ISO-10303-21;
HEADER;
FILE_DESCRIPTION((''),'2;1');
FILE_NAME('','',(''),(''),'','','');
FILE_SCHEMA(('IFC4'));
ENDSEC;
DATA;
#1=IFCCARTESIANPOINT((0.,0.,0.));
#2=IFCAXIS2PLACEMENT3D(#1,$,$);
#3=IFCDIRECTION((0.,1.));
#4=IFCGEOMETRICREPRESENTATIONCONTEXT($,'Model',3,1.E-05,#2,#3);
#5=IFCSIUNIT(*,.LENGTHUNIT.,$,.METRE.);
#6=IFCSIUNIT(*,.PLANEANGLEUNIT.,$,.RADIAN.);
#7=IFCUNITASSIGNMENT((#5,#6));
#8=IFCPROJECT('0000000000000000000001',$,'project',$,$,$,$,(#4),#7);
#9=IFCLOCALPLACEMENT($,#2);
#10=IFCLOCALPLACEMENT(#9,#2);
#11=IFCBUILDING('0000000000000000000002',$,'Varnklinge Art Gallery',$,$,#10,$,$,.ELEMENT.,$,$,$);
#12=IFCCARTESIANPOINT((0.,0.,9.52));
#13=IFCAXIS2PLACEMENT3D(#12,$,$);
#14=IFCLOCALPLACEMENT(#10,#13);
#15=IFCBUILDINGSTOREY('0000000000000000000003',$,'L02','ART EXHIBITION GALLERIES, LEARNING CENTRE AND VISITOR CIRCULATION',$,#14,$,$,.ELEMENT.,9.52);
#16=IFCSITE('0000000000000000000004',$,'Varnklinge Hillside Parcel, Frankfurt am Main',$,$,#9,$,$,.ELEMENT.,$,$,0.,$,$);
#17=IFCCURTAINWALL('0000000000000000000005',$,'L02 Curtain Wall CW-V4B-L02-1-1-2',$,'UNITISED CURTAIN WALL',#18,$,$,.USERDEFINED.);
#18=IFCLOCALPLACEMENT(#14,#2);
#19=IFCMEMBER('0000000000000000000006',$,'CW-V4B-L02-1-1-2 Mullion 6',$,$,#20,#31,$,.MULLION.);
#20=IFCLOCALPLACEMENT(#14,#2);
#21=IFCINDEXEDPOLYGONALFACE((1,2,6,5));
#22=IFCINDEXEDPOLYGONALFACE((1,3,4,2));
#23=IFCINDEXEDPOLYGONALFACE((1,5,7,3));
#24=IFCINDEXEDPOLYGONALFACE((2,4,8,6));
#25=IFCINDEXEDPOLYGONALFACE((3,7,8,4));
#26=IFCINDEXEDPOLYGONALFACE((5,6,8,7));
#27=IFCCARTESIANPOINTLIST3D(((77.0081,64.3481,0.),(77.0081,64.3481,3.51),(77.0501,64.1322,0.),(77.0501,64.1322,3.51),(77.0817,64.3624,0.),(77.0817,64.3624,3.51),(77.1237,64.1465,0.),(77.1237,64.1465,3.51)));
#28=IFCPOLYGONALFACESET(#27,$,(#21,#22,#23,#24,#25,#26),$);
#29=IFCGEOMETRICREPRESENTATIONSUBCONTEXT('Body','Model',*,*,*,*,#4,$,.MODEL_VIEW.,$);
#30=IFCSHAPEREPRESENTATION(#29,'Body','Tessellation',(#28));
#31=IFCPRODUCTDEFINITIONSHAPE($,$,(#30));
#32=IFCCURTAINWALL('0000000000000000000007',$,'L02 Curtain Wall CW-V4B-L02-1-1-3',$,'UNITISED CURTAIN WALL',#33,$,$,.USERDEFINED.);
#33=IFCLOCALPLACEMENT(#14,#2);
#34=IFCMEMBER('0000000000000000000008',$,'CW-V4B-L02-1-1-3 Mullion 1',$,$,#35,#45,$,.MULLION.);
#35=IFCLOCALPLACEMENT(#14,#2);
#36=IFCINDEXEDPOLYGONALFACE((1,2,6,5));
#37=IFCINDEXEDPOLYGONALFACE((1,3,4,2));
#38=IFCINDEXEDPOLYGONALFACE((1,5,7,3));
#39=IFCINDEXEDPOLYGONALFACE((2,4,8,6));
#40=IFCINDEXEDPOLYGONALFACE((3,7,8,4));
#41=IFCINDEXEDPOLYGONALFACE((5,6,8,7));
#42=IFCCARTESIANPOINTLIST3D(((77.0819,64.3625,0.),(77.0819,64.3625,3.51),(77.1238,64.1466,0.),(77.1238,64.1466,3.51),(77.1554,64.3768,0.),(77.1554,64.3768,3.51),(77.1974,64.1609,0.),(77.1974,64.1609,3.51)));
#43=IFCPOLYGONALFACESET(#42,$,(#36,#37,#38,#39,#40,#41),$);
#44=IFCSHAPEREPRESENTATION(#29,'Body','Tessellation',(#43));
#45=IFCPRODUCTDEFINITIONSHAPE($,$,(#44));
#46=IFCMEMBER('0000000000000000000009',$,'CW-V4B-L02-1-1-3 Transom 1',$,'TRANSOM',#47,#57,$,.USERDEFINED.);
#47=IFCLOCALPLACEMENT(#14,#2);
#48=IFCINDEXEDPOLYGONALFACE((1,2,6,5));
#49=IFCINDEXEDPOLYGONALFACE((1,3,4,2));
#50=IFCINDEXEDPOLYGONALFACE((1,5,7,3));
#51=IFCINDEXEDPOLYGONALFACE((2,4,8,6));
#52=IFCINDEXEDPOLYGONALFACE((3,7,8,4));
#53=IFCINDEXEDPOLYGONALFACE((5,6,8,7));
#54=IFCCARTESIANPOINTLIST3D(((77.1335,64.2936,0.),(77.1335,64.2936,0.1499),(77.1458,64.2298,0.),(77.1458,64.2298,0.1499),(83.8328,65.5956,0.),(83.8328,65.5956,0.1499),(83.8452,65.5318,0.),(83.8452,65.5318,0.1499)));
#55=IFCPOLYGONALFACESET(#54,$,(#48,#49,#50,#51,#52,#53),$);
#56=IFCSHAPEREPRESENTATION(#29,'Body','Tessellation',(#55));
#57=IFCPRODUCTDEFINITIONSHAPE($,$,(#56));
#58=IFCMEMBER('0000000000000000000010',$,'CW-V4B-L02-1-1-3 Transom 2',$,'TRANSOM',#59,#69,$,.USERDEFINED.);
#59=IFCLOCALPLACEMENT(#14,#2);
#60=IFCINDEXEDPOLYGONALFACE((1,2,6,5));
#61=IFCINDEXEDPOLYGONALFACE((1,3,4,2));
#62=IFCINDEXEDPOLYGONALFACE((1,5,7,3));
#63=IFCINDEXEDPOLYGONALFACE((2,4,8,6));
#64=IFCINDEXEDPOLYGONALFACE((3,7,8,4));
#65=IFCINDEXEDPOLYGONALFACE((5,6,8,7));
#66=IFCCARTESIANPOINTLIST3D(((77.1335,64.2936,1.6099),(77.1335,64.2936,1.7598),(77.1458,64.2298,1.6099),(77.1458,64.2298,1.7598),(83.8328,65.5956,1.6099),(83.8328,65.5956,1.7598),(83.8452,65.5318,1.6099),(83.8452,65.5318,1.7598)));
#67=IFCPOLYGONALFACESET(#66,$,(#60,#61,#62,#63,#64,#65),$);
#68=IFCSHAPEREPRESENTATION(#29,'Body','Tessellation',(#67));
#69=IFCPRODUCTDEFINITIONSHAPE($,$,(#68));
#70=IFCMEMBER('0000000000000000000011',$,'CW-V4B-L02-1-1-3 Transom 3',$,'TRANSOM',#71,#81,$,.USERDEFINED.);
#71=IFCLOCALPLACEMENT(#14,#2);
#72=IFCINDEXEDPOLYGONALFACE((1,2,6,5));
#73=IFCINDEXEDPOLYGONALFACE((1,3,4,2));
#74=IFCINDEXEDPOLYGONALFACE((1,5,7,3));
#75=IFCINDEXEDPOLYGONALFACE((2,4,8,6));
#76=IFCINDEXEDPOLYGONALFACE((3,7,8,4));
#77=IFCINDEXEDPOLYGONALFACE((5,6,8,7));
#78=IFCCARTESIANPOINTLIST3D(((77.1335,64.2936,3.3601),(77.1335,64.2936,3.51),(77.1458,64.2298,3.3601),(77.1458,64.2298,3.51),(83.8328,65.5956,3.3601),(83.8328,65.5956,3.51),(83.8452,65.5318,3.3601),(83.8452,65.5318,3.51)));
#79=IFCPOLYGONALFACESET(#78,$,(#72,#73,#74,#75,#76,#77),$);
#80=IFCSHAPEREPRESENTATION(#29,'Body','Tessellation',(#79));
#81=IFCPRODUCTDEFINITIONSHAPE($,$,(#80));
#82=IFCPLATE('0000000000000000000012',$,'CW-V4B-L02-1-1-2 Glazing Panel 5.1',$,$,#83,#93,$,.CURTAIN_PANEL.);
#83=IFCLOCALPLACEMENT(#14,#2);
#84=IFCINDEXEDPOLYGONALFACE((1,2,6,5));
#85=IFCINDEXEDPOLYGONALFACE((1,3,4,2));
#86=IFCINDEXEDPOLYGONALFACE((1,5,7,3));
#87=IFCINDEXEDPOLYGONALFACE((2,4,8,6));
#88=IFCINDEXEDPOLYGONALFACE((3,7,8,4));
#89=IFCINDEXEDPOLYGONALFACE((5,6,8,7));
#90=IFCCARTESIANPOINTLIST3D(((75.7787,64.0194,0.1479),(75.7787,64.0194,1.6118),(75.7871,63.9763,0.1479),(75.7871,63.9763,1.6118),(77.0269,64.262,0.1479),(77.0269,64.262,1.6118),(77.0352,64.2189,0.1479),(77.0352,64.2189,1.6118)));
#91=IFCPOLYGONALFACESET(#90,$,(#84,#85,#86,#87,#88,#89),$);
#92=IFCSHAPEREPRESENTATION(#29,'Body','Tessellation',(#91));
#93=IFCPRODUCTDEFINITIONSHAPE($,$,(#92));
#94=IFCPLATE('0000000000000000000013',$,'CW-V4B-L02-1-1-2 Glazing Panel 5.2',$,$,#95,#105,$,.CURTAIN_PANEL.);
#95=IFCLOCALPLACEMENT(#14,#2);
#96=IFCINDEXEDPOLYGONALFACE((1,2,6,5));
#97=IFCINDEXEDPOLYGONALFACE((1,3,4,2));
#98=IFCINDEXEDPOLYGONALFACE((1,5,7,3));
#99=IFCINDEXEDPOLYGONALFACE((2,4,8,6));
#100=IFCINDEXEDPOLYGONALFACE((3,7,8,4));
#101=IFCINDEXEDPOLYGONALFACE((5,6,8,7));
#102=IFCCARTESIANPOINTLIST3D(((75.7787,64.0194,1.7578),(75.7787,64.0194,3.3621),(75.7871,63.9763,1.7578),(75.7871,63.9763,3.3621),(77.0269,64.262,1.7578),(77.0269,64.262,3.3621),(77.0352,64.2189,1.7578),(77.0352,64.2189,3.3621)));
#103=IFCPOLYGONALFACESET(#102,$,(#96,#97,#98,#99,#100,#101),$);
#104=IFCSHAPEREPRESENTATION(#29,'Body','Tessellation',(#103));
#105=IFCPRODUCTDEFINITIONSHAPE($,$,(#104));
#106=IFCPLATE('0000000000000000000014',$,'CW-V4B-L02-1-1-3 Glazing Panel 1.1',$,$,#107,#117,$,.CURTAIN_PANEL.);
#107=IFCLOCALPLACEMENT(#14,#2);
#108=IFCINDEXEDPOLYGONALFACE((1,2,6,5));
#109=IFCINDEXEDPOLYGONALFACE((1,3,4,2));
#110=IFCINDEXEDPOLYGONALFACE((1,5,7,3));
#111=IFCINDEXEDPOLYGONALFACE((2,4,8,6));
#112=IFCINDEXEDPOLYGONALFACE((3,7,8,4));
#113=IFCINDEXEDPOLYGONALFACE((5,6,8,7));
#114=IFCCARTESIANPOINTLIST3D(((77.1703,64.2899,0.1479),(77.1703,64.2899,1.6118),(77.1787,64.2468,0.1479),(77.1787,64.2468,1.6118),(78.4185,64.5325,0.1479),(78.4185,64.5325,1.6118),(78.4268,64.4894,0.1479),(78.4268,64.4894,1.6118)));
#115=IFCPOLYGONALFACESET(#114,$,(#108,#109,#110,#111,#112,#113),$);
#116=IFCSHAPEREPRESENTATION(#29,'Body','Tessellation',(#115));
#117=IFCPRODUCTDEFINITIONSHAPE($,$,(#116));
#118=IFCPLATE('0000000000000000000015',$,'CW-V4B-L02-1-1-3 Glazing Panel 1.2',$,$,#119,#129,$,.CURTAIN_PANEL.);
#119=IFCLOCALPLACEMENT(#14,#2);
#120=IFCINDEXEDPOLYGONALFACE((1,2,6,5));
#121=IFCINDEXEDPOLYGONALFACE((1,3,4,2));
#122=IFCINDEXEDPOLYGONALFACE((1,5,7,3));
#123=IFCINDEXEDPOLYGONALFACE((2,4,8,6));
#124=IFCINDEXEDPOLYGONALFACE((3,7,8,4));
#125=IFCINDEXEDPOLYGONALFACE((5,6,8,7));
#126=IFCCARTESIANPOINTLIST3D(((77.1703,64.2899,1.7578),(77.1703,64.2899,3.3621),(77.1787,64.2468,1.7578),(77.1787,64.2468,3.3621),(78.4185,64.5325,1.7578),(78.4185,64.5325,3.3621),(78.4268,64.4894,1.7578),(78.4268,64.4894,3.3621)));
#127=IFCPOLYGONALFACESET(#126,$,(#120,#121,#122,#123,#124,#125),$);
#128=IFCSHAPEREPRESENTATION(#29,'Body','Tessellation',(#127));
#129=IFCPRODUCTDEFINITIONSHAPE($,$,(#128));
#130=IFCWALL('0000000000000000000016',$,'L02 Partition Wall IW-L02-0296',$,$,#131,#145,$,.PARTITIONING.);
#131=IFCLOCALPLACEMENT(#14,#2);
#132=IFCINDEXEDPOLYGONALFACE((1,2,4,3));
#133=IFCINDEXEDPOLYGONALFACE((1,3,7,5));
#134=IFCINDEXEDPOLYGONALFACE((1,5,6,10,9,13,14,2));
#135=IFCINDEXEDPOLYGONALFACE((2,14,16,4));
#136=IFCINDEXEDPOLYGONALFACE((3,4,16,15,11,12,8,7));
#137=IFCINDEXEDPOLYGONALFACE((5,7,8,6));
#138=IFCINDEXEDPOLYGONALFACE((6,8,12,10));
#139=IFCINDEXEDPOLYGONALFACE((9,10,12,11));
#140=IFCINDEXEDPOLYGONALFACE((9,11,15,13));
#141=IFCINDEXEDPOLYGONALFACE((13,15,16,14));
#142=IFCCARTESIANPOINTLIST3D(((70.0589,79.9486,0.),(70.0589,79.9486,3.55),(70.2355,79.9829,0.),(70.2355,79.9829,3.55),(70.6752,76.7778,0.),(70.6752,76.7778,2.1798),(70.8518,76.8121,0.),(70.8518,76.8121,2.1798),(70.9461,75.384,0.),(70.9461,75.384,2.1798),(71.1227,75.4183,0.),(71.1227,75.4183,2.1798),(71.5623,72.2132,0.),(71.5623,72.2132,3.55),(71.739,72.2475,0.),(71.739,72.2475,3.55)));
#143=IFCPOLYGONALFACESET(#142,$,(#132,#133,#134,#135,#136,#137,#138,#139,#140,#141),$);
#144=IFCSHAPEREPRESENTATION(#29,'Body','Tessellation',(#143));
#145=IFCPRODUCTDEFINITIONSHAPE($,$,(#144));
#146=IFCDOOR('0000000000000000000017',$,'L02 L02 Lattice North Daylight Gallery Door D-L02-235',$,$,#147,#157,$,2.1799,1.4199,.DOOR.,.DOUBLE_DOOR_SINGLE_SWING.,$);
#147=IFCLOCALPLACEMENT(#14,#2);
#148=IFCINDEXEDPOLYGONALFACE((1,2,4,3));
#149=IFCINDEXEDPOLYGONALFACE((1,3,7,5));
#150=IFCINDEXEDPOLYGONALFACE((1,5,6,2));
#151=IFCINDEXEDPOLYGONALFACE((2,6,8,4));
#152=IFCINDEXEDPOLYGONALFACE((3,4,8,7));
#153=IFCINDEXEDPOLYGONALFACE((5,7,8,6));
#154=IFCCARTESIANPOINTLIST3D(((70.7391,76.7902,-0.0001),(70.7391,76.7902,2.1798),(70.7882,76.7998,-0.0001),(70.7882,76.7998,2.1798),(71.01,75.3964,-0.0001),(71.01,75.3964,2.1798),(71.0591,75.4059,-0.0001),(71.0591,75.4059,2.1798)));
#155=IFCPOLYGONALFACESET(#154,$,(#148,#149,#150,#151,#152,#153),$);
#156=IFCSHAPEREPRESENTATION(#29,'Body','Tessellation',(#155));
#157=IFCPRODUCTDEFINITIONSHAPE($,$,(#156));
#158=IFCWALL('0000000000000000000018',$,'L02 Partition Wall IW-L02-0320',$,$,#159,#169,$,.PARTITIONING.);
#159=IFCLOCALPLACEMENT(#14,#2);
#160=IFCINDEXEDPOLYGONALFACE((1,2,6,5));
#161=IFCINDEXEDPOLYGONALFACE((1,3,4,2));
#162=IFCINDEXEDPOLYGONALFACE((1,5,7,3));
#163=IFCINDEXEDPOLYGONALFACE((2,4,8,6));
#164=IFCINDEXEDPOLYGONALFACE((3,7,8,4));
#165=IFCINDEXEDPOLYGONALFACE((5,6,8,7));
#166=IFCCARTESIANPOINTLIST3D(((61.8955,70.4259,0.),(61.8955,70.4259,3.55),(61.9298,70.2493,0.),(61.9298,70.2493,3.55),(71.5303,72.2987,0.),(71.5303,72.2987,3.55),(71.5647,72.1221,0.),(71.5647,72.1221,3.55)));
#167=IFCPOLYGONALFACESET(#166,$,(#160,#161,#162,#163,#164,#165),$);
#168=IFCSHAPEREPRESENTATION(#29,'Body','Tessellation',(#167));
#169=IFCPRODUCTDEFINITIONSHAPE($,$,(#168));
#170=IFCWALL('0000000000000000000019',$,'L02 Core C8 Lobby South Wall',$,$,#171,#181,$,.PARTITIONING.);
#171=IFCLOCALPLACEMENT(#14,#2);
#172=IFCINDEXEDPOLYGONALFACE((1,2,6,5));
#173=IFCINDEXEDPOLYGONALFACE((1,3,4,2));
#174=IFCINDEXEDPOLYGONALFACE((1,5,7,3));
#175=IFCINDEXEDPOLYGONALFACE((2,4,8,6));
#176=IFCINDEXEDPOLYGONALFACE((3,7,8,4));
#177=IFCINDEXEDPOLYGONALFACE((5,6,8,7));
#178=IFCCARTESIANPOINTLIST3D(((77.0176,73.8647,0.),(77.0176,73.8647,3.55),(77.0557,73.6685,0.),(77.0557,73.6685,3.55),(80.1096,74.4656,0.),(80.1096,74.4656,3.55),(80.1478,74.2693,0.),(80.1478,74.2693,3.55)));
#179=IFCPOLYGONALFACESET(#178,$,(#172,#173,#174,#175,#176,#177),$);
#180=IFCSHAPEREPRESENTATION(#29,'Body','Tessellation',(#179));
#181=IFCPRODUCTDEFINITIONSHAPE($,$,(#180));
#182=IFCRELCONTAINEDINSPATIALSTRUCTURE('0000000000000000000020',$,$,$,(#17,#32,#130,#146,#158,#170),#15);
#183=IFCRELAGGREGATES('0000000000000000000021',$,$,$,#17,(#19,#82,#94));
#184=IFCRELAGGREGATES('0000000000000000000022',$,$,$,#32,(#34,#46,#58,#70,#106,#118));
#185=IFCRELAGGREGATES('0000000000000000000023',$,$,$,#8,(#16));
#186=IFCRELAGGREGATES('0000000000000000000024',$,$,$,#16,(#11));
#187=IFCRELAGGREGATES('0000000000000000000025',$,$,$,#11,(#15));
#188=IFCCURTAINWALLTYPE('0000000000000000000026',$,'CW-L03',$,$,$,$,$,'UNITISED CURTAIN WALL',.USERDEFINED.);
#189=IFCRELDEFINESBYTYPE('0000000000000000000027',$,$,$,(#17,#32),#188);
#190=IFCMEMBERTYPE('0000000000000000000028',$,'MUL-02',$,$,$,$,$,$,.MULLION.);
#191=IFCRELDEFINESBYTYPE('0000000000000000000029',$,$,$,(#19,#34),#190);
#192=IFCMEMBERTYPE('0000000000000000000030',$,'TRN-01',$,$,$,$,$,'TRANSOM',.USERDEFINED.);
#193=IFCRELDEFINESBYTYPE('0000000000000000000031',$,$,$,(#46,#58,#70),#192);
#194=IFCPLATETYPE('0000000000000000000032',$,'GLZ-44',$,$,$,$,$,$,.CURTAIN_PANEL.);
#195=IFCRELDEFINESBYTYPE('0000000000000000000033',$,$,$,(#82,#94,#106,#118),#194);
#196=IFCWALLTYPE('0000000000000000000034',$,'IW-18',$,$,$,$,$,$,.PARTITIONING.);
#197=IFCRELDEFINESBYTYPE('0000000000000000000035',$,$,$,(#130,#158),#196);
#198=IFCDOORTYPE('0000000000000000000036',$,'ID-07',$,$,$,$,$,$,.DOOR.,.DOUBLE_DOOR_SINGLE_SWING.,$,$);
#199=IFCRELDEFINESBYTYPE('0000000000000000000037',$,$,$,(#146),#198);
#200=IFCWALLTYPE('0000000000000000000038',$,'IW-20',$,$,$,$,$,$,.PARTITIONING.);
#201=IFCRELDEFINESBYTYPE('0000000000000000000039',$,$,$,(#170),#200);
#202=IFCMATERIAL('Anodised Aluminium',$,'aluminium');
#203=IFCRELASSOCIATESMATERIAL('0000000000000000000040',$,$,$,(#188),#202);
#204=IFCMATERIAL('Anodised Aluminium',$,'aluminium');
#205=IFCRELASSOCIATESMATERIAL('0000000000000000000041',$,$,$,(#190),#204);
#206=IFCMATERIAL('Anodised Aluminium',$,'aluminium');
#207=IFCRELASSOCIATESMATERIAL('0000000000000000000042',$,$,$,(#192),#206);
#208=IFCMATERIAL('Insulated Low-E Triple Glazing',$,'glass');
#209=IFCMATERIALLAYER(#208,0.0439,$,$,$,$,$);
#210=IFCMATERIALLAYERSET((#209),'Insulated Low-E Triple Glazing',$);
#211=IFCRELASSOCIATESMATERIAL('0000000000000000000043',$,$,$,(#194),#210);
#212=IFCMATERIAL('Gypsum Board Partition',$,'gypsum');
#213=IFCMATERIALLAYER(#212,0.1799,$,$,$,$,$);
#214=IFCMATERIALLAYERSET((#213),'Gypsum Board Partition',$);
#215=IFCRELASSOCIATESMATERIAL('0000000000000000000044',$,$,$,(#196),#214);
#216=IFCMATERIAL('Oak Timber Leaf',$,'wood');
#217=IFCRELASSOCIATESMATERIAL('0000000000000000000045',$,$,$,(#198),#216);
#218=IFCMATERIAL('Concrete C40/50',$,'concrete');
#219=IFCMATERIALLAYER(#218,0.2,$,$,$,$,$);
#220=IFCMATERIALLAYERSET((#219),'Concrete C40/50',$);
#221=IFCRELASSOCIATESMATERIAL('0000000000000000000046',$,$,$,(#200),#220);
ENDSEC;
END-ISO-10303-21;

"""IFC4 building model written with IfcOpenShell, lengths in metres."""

from ifc_helpers import new_model, si_unit, direction, frame, frame_2d, origin, origin_2d, place, context, subcontext, project, spatial, rectangle, extrude, material, layer, layer_set, material_profile, profile_set, type_object, element, fill, aggregate, save


model = new_model("IFC4")

# Units and contexts
model_context = context("Model", 3, precision=1e-05, world=origin(), true_north=direction((0.0, 1.0)))
body_context = subcontext(model_context, "Body", "Model", "MODEL_VIEW")
ifc_project = project(units=[si_unit("LENGTHUNIT", "METRE"), si_unit("PLANEANGLEUNIT", "RADIAN")], contexts=[model_context])

# Site, building, storey
site_placement = place(None, origin())
site = spatial("IfcSite", under=ifc_project, at=site_placement, Name="Varnklinge Hillside Parcel, Frankfurt am Main", CompositionType="ELEMENT", RefElevation=0.0)
building_placement = place(site_placement, origin())
building = spatial("IfcBuilding", under=site, at=building_placement, Name="Varnklinge Art Gallery", CompositionType="ELEMENT")
storey_placement = place(building_placement, frame((0.0, 0.0, 9.52)))
storey = spatial("IfcBuildingStorey", under=building, at=storey_placement, Name="L02", Description="ART EXHIBITION GALLERIES, LEARNING CENTRE AND VISITOR CIRCULATION", CompositionType="ELEMENT", Elevation=9.52)

# Curtain wall, member
ifc_material_1 = material(Name="Anodised Aluminium", Category="aluminium")
curtain_wall_type = type_object("IfcCurtainWallType", Name="CW-L03", ElementType="UNITISED CURTAIN WALL", PredefinedType="USERDEFINED", material=ifc_material_1)
curtain_wall_1_placement = place(storey_placement, origin())
curtain_wall_1 = element("IfcCurtainWall", 1, at=curtain_wall_1_placement, inside=storey, type_object=curtain_wall_type, Name="L02 Curtain Wall CW-V4B-L02-1-1-2", ObjectType="UNITISED CURTAIN WALL", PredefinedType="USERDEFINED")
ifc_material_2 = material(Name="Anodised Aluminium", Category="aluminium")
ifc_material_profile_1 = material_profile(ifc_material_2, rectangle(XDim=0.075, YDim=0.22, at=origin_2d()), Name="ALU 75x220")
ifc_profile_set_1 = profile_set([ifc_material_profile_1], Name="Anodised Aluminium")
member_type_1 = type_object("IfcMemberType", Name="MUL-02", PredefinedType="MULLION", material=ifc_profile_set_1)
member_1_placement = place(storey_placement, frame((77.0659, 64.2473, 0.0), z_axis=(0.0, 0.0, 1.0), x_axis=(0.981627, 0.190809, 0.0)))
member_1 = element("IfcMember", 2, at=member_1_placement, type_object=member_type_1, Name="CW-V4B-L02-1-1-2 Mullion 6", PredefinedType="MULLION", context=body_context, shape_type="SweptSolid", body=[
    extrude(rectangle(XDim=0.075, YDim=0.22, at=origin_2d()), origin(), (0.0, 0.0, 1.0), 3.51),
])

# Curtain wall, members
curtain_wall_2_placement = place(storey_placement, origin())
curtain_wall_2 = element("IfcCurtainWall", 3, at=curtain_wall_2_placement, inside=storey, type_object=curtain_wall_type, Name="L02 Curtain Wall CW-V4B-L02-1-1-3", ObjectType="UNITISED CURTAIN WALL", PredefinedType="USERDEFINED")
member_2_placement = place(storey_placement, frame((77.1396, 64.2617, 0.0), z_axis=(0.0, 0.0, 1.0), x_axis=(0.981627, 0.190809, 0.0)))
member_2 = element("IfcMember", 4, at=member_2_placement, type_object=member_type_1, Name="CW-V4B-L02-1-1-3 Mullion 1", PredefinedType="MULLION", context=body_context, shape_type="SweptSolid", body=[
    extrude(rectangle(XDim=0.075, YDim=0.22, at=origin_2d()), origin(), (0.0, 0.0, 1.0), 3.51),
])
ifc_material_3 = material(Name="Anodised Aluminium", Category="aluminium")
ifc_material_profile_2 = material_profile(ifc_material_3, rectangle(XDim=0.0649, YDim=0.1499, at=origin_2d()), Name="ALU 65x150")
ifc_profile_set_2 = profile_set([ifc_material_profile_2], Name="Anodised Aluminium")
member_type_2 = type_object("IfcMemberType", Name="TRN-01", ElementType="TRANSOM", PredefinedType="USERDEFINED", material=ifc_profile_set_2)
member_3_placement = place(storey_placement, frame((77.1396, 64.2617, 0.075), z_axis=(0.981634, 0.190775, 0.0), x_axis=(-0.190775, 0.981634, 0.0)))
member_3 = element("IfcMember", 5, at=member_3_placement, type_object=member_type_2, Name="CW-V4B-L02-1-1-3 Transom 1", ObjectType="TRANSOM", PredefinedType="USERDEFINED", context=body_context, shape_type="SweptSolid", body=[
    extrude(rectangle(XDim=0.0649, YDim=0.1499, at=origin_2d()), origin(), (0.0, 0.0, 1.0), 6.8247),
])
member_4_placement = place(storey_placement, frame((77.1396, 64.2617, 1.6848), z_axis=(0.981634, 0.190775, 0.0), x_axis=(-0.190775, 0.981634, 0.0)))
member_4 = element("IfcMember", 6, at=member_4_placement, type_object=member_type_2, Name="CW-V4B-L02-1-1-3 Transom 2", ObjectType="TRANSOM", PredefinedType="USERDEFINED", context=body_context, shape_type="SweptSolid", body=[
    extrude(rectangle(XDim=0.0649, YDim=0.1499, at=origin_2d()), origin(), (0.0, 0.0, 1.0), 6.8247),
])
member_5_placement = place(storey_placement, frame((77.1396, 64.2617, 3.4351), z_axis=(0.981634, 0.190775, 0.0), x_axis=(-0.190775, 0.981634, 0.0)))
member_5 = element("IfcMember", 7, at=member_5_placement, type_object=member_type_2, Name="CW-V4B-L02-1-1-3 Transom 3", ObjectType="TRANSOM", PredefinedType="USERDEFINED", context=body_context, shape_type="SweptSolid", body=[
    extrude(rectangle(XDim=0.0649, YDim=0.1499, at=origin_2d()), origin(), (0.0, 0.0, 1.0), 6.8247),
])

# Plates
ifc_material_4 = material(Name="Insulated Low-E Triple Glazing", Category="glass")
ifc_layer_1 = layer(ifc_material_4, 0.0439)
ifc_layer_set_1 = layer_set([ifc_layer_1], Name="Insulated Low-E Triple Glazing")
plate_type = type_object("IfcPlateType", Name="GLZ-44", PredefinedType="CURTAIN_PANEL", material=ifc_layer_set_1)
plate_1_placement = place(storey_placement, frame((76.407, 64.1191, 0.1479), z_axis=(0.0, 0.0, 1.0), x_axis=(0.981627, 0.190809, 0.0)))
plate_1 = element("IfcPlate", 8, at=plate_1_placement, type_object=plate_type, Name="CW-V4B-L02-1-1-2 Glazing Panel 5.1", PredefinedType="CURTAIN_PANEL", context=body_context, shape_type="SweptSolid", body=[
    extrude(rectangle(XDim=1.2715, YDim=0.0439, at=origin_2d()), origin(), (0.0, 0.0, 1.0), 1.4639),
])
plate_2_placement = place(storey_placement, frame((76.407, 64.1191, 1.7578), z_axis=(0.0, 0.0, 1.0), x_axis=(0.981627, 0.190809, 0.0)))
plate_2 = element("IfcPlate", 9, at=plate_2_placement, type_object=plate_type, Name="CW-V4B-L02-1-1-2 Glazing Panel 5.2", PredefinedType="CURTAIN_PANEL", context=body_context, shape_type="SweptSolid", body=[
    extrude(rectangle(XDim=1.2715, YDim=0.0439, at=origin_2d()), origin(), (0.0, 0.0, 1.0), 1.6042),
])
aggregate(curtain_wall_1, [member_1, plate_1, plate_2])
plate_3_placement = place(storey_placement, frame((77.7986, 64.3896, 0.1479), z_axis=(0.0, 0.0, 1.0), x_axis=(0.981627, 0.190809, 0.0)))
plate_3 = element("IfcPlate", 10, at=plate_3_placement, type_object=plate_type, Name="CW-V4B-L02-1-1-3 Glazing Panel 1.1", PredefinedType="CURTAIN_PANEL", context=body_context, shape_type="SweptSolid", body=[
    extrude(rectangle(XDim=1.2715, YDim=0.0439, at=origin_2d()), origin(), (0.0, 0.0, 1.0), 1.4639),
])
plate_4_placement = place(storey_placement, frame((77.7986, 64.3896, 1.7578), z_axis=(0.0, 0.0, 1.0), x_axis=(0.981627, 0.190809, 0.0)))
plate_4 = element("IfcPlate", 11, at=plate_4_placement, type_object=plate_type, Name="CW-V4B-L02-1-1-3 Glazing Panel 1.2", PredefinedType="CURTAIN_PANEL", context=body_context, shape_type="SweptSolid", body=[
    extrude(rectangle(XDim=1.2715, YDim=0.0439, at=origin_2d()), origin(), (0.0, 0.0, 1.0), 1.6042),
])
aggregate(curtain_wall_2, [member_2, member_3, member_4, member_5, plate_3, plate_4])

# Wall, opening, door
ifc_material_5 = material(Name="Gypsum Board Partition", Category="gypsum")
ifc_layer_2 = layer(ifc_material_5, 0.1799)
ifc_layer_set_2 = layer_set([ifc_layer_2], Name="Gypsum Board Partition")
wall_type_1 = type_object("IfcWallType", Name="IW-18", PredefinedType="PARTITIONING", material=ifc_layer_set_2)
wall_1_placement = place(storey_placement, frame((71.6506, 72.2305, 0.0), z_axis=(0.0, 0.0, 1.0), x_axis=(-0.190787, 0.981632, 0.0)))
wall_1 = element("IfcWall", 12, at=wall_1_placement, inside=storey, type_object=wall_type_1, Name="L02 Partition Wall IW-L02-0296", PredefinedType="PARTITIONING", context=body_context, shape_type="SweptSolid", body=[
    extrude(rectangle(XDim=7.8801, YDim=0.1799, at=frame_2d((3.9399, 0.0))), origin(), (0.0, 0.0, 1.0), 3.55),
])
opening_1_placement = place(wall_1_placement, frame((3.23, 0.0, 0.0)))
opening_1 = element("IfcOpeningElement", 13, at=opening_1_placement, cuts=wall_1, PredefinedType="OPENING", context=body_context, shape_type="SweptSolid", body=[
    extrude(rectangle(XDim=1.4199, YDim=2.1799, at=frame_2d((0.71, 1.0898))), frame((0.0, 0.0999, 0.0), z_axis=(0.0, -1.0, 0.0), x_axis=(1.0, 0.0, 0.0)), (0.0, 0.0, 1.0), 0.2),
])
ifc_material_6 = material(Name="Oak Timber Leaf", Category="wood")
door_type_1 = type_object("IfcDoorType", Name="ID-07", OperationType="DOUBLE_DOOR_SINGLE_SWING", PredefinedType="DOOR", material=ifc_material_6)
door_1_placement = place(opening_1_placement, origin())
door_1 = element("IfcDoor", 14, at=door_1_placement, inside=storey, type_object=door_type_1, Name="L02 L02 Lattice North Daylight Gallery Door D-L02-235", OperationType="DOUBLE_DOOR_SINGLE_SWING", OverallHeight=2.1799, OverallWidth=1.4199, PredefinedType="DOOR", context=body_context, shape_type="SweptSolid", body=[
    extrude(rectangle(XDim=1.4199, YDim=2.1799, at=frame_2d((0.71, 1.0898))), frame((0.0, 0.0249, 0.0), z_axis=(0.0, -1.0, 0.0), x_axis=(1.0, 0.0, 0.0)), (0.0, 0.0, 1.0), 0.05),
])
fill(opening_1, door_1)

# Walls
wall_2_placement = place(storey_placement, frame((71.5476, 72.2104, 0.0), z_axis=(0.0, 0.0, 1.0), x_axis=(-0.981627, -0.190808, 0.0)))
element("IfcWall", 15, at=wall_2_placement, inside=storey, type_object=wall_type_1, Name="L02 Partition Wall IW-L02-0320", PredefinedType="PARTITIONING", context=body_context, shape_type="SweptSolid", body=[
    extrude(rectangle(XDim=9.8152, YDim=0.1799, at=frame_2d((4.9077, 0.0))), origin(), (0.0, 0.0, 1.0), 3.55),
])
ifc_material_7 = material(Name="Concrete C40/50", Category="concrete")
ifc_layer_3 = layer(ifc_material_7, 0.2)
ifc_layer_set_3 = layer_set([ifc_layer_3], Name="Concrete C40/50")
wall_type_2 = type_object("IfcWallType", Name="IW-20", PredefinedType="PARTITIONING", material=ifc_layer_set_3)
wall_3_placement = place(storey_placement, frame((77.0366, 73.7666, 0.0), z_axis=(0.0, 0.0, 1.0), x_axis=(0.981639, 0.190747, 0.0)))
element("IfcWall", 16, at=wall_3_placement, inside=storey, type_object=wall_type_2, Name="L02 Core C8 Lobby South Wall", PredefinedType="PARTITIONING", context=body_context, shape_type="SweptSolid", body=[
    extrude(rectangle(XDim=3.1499, YDim=0.2, at=frame_2d((1.575, 0.0))), origin(), (0.0, 0.0, 1.0), 3.55),
])

save(model, "model.ifc")
